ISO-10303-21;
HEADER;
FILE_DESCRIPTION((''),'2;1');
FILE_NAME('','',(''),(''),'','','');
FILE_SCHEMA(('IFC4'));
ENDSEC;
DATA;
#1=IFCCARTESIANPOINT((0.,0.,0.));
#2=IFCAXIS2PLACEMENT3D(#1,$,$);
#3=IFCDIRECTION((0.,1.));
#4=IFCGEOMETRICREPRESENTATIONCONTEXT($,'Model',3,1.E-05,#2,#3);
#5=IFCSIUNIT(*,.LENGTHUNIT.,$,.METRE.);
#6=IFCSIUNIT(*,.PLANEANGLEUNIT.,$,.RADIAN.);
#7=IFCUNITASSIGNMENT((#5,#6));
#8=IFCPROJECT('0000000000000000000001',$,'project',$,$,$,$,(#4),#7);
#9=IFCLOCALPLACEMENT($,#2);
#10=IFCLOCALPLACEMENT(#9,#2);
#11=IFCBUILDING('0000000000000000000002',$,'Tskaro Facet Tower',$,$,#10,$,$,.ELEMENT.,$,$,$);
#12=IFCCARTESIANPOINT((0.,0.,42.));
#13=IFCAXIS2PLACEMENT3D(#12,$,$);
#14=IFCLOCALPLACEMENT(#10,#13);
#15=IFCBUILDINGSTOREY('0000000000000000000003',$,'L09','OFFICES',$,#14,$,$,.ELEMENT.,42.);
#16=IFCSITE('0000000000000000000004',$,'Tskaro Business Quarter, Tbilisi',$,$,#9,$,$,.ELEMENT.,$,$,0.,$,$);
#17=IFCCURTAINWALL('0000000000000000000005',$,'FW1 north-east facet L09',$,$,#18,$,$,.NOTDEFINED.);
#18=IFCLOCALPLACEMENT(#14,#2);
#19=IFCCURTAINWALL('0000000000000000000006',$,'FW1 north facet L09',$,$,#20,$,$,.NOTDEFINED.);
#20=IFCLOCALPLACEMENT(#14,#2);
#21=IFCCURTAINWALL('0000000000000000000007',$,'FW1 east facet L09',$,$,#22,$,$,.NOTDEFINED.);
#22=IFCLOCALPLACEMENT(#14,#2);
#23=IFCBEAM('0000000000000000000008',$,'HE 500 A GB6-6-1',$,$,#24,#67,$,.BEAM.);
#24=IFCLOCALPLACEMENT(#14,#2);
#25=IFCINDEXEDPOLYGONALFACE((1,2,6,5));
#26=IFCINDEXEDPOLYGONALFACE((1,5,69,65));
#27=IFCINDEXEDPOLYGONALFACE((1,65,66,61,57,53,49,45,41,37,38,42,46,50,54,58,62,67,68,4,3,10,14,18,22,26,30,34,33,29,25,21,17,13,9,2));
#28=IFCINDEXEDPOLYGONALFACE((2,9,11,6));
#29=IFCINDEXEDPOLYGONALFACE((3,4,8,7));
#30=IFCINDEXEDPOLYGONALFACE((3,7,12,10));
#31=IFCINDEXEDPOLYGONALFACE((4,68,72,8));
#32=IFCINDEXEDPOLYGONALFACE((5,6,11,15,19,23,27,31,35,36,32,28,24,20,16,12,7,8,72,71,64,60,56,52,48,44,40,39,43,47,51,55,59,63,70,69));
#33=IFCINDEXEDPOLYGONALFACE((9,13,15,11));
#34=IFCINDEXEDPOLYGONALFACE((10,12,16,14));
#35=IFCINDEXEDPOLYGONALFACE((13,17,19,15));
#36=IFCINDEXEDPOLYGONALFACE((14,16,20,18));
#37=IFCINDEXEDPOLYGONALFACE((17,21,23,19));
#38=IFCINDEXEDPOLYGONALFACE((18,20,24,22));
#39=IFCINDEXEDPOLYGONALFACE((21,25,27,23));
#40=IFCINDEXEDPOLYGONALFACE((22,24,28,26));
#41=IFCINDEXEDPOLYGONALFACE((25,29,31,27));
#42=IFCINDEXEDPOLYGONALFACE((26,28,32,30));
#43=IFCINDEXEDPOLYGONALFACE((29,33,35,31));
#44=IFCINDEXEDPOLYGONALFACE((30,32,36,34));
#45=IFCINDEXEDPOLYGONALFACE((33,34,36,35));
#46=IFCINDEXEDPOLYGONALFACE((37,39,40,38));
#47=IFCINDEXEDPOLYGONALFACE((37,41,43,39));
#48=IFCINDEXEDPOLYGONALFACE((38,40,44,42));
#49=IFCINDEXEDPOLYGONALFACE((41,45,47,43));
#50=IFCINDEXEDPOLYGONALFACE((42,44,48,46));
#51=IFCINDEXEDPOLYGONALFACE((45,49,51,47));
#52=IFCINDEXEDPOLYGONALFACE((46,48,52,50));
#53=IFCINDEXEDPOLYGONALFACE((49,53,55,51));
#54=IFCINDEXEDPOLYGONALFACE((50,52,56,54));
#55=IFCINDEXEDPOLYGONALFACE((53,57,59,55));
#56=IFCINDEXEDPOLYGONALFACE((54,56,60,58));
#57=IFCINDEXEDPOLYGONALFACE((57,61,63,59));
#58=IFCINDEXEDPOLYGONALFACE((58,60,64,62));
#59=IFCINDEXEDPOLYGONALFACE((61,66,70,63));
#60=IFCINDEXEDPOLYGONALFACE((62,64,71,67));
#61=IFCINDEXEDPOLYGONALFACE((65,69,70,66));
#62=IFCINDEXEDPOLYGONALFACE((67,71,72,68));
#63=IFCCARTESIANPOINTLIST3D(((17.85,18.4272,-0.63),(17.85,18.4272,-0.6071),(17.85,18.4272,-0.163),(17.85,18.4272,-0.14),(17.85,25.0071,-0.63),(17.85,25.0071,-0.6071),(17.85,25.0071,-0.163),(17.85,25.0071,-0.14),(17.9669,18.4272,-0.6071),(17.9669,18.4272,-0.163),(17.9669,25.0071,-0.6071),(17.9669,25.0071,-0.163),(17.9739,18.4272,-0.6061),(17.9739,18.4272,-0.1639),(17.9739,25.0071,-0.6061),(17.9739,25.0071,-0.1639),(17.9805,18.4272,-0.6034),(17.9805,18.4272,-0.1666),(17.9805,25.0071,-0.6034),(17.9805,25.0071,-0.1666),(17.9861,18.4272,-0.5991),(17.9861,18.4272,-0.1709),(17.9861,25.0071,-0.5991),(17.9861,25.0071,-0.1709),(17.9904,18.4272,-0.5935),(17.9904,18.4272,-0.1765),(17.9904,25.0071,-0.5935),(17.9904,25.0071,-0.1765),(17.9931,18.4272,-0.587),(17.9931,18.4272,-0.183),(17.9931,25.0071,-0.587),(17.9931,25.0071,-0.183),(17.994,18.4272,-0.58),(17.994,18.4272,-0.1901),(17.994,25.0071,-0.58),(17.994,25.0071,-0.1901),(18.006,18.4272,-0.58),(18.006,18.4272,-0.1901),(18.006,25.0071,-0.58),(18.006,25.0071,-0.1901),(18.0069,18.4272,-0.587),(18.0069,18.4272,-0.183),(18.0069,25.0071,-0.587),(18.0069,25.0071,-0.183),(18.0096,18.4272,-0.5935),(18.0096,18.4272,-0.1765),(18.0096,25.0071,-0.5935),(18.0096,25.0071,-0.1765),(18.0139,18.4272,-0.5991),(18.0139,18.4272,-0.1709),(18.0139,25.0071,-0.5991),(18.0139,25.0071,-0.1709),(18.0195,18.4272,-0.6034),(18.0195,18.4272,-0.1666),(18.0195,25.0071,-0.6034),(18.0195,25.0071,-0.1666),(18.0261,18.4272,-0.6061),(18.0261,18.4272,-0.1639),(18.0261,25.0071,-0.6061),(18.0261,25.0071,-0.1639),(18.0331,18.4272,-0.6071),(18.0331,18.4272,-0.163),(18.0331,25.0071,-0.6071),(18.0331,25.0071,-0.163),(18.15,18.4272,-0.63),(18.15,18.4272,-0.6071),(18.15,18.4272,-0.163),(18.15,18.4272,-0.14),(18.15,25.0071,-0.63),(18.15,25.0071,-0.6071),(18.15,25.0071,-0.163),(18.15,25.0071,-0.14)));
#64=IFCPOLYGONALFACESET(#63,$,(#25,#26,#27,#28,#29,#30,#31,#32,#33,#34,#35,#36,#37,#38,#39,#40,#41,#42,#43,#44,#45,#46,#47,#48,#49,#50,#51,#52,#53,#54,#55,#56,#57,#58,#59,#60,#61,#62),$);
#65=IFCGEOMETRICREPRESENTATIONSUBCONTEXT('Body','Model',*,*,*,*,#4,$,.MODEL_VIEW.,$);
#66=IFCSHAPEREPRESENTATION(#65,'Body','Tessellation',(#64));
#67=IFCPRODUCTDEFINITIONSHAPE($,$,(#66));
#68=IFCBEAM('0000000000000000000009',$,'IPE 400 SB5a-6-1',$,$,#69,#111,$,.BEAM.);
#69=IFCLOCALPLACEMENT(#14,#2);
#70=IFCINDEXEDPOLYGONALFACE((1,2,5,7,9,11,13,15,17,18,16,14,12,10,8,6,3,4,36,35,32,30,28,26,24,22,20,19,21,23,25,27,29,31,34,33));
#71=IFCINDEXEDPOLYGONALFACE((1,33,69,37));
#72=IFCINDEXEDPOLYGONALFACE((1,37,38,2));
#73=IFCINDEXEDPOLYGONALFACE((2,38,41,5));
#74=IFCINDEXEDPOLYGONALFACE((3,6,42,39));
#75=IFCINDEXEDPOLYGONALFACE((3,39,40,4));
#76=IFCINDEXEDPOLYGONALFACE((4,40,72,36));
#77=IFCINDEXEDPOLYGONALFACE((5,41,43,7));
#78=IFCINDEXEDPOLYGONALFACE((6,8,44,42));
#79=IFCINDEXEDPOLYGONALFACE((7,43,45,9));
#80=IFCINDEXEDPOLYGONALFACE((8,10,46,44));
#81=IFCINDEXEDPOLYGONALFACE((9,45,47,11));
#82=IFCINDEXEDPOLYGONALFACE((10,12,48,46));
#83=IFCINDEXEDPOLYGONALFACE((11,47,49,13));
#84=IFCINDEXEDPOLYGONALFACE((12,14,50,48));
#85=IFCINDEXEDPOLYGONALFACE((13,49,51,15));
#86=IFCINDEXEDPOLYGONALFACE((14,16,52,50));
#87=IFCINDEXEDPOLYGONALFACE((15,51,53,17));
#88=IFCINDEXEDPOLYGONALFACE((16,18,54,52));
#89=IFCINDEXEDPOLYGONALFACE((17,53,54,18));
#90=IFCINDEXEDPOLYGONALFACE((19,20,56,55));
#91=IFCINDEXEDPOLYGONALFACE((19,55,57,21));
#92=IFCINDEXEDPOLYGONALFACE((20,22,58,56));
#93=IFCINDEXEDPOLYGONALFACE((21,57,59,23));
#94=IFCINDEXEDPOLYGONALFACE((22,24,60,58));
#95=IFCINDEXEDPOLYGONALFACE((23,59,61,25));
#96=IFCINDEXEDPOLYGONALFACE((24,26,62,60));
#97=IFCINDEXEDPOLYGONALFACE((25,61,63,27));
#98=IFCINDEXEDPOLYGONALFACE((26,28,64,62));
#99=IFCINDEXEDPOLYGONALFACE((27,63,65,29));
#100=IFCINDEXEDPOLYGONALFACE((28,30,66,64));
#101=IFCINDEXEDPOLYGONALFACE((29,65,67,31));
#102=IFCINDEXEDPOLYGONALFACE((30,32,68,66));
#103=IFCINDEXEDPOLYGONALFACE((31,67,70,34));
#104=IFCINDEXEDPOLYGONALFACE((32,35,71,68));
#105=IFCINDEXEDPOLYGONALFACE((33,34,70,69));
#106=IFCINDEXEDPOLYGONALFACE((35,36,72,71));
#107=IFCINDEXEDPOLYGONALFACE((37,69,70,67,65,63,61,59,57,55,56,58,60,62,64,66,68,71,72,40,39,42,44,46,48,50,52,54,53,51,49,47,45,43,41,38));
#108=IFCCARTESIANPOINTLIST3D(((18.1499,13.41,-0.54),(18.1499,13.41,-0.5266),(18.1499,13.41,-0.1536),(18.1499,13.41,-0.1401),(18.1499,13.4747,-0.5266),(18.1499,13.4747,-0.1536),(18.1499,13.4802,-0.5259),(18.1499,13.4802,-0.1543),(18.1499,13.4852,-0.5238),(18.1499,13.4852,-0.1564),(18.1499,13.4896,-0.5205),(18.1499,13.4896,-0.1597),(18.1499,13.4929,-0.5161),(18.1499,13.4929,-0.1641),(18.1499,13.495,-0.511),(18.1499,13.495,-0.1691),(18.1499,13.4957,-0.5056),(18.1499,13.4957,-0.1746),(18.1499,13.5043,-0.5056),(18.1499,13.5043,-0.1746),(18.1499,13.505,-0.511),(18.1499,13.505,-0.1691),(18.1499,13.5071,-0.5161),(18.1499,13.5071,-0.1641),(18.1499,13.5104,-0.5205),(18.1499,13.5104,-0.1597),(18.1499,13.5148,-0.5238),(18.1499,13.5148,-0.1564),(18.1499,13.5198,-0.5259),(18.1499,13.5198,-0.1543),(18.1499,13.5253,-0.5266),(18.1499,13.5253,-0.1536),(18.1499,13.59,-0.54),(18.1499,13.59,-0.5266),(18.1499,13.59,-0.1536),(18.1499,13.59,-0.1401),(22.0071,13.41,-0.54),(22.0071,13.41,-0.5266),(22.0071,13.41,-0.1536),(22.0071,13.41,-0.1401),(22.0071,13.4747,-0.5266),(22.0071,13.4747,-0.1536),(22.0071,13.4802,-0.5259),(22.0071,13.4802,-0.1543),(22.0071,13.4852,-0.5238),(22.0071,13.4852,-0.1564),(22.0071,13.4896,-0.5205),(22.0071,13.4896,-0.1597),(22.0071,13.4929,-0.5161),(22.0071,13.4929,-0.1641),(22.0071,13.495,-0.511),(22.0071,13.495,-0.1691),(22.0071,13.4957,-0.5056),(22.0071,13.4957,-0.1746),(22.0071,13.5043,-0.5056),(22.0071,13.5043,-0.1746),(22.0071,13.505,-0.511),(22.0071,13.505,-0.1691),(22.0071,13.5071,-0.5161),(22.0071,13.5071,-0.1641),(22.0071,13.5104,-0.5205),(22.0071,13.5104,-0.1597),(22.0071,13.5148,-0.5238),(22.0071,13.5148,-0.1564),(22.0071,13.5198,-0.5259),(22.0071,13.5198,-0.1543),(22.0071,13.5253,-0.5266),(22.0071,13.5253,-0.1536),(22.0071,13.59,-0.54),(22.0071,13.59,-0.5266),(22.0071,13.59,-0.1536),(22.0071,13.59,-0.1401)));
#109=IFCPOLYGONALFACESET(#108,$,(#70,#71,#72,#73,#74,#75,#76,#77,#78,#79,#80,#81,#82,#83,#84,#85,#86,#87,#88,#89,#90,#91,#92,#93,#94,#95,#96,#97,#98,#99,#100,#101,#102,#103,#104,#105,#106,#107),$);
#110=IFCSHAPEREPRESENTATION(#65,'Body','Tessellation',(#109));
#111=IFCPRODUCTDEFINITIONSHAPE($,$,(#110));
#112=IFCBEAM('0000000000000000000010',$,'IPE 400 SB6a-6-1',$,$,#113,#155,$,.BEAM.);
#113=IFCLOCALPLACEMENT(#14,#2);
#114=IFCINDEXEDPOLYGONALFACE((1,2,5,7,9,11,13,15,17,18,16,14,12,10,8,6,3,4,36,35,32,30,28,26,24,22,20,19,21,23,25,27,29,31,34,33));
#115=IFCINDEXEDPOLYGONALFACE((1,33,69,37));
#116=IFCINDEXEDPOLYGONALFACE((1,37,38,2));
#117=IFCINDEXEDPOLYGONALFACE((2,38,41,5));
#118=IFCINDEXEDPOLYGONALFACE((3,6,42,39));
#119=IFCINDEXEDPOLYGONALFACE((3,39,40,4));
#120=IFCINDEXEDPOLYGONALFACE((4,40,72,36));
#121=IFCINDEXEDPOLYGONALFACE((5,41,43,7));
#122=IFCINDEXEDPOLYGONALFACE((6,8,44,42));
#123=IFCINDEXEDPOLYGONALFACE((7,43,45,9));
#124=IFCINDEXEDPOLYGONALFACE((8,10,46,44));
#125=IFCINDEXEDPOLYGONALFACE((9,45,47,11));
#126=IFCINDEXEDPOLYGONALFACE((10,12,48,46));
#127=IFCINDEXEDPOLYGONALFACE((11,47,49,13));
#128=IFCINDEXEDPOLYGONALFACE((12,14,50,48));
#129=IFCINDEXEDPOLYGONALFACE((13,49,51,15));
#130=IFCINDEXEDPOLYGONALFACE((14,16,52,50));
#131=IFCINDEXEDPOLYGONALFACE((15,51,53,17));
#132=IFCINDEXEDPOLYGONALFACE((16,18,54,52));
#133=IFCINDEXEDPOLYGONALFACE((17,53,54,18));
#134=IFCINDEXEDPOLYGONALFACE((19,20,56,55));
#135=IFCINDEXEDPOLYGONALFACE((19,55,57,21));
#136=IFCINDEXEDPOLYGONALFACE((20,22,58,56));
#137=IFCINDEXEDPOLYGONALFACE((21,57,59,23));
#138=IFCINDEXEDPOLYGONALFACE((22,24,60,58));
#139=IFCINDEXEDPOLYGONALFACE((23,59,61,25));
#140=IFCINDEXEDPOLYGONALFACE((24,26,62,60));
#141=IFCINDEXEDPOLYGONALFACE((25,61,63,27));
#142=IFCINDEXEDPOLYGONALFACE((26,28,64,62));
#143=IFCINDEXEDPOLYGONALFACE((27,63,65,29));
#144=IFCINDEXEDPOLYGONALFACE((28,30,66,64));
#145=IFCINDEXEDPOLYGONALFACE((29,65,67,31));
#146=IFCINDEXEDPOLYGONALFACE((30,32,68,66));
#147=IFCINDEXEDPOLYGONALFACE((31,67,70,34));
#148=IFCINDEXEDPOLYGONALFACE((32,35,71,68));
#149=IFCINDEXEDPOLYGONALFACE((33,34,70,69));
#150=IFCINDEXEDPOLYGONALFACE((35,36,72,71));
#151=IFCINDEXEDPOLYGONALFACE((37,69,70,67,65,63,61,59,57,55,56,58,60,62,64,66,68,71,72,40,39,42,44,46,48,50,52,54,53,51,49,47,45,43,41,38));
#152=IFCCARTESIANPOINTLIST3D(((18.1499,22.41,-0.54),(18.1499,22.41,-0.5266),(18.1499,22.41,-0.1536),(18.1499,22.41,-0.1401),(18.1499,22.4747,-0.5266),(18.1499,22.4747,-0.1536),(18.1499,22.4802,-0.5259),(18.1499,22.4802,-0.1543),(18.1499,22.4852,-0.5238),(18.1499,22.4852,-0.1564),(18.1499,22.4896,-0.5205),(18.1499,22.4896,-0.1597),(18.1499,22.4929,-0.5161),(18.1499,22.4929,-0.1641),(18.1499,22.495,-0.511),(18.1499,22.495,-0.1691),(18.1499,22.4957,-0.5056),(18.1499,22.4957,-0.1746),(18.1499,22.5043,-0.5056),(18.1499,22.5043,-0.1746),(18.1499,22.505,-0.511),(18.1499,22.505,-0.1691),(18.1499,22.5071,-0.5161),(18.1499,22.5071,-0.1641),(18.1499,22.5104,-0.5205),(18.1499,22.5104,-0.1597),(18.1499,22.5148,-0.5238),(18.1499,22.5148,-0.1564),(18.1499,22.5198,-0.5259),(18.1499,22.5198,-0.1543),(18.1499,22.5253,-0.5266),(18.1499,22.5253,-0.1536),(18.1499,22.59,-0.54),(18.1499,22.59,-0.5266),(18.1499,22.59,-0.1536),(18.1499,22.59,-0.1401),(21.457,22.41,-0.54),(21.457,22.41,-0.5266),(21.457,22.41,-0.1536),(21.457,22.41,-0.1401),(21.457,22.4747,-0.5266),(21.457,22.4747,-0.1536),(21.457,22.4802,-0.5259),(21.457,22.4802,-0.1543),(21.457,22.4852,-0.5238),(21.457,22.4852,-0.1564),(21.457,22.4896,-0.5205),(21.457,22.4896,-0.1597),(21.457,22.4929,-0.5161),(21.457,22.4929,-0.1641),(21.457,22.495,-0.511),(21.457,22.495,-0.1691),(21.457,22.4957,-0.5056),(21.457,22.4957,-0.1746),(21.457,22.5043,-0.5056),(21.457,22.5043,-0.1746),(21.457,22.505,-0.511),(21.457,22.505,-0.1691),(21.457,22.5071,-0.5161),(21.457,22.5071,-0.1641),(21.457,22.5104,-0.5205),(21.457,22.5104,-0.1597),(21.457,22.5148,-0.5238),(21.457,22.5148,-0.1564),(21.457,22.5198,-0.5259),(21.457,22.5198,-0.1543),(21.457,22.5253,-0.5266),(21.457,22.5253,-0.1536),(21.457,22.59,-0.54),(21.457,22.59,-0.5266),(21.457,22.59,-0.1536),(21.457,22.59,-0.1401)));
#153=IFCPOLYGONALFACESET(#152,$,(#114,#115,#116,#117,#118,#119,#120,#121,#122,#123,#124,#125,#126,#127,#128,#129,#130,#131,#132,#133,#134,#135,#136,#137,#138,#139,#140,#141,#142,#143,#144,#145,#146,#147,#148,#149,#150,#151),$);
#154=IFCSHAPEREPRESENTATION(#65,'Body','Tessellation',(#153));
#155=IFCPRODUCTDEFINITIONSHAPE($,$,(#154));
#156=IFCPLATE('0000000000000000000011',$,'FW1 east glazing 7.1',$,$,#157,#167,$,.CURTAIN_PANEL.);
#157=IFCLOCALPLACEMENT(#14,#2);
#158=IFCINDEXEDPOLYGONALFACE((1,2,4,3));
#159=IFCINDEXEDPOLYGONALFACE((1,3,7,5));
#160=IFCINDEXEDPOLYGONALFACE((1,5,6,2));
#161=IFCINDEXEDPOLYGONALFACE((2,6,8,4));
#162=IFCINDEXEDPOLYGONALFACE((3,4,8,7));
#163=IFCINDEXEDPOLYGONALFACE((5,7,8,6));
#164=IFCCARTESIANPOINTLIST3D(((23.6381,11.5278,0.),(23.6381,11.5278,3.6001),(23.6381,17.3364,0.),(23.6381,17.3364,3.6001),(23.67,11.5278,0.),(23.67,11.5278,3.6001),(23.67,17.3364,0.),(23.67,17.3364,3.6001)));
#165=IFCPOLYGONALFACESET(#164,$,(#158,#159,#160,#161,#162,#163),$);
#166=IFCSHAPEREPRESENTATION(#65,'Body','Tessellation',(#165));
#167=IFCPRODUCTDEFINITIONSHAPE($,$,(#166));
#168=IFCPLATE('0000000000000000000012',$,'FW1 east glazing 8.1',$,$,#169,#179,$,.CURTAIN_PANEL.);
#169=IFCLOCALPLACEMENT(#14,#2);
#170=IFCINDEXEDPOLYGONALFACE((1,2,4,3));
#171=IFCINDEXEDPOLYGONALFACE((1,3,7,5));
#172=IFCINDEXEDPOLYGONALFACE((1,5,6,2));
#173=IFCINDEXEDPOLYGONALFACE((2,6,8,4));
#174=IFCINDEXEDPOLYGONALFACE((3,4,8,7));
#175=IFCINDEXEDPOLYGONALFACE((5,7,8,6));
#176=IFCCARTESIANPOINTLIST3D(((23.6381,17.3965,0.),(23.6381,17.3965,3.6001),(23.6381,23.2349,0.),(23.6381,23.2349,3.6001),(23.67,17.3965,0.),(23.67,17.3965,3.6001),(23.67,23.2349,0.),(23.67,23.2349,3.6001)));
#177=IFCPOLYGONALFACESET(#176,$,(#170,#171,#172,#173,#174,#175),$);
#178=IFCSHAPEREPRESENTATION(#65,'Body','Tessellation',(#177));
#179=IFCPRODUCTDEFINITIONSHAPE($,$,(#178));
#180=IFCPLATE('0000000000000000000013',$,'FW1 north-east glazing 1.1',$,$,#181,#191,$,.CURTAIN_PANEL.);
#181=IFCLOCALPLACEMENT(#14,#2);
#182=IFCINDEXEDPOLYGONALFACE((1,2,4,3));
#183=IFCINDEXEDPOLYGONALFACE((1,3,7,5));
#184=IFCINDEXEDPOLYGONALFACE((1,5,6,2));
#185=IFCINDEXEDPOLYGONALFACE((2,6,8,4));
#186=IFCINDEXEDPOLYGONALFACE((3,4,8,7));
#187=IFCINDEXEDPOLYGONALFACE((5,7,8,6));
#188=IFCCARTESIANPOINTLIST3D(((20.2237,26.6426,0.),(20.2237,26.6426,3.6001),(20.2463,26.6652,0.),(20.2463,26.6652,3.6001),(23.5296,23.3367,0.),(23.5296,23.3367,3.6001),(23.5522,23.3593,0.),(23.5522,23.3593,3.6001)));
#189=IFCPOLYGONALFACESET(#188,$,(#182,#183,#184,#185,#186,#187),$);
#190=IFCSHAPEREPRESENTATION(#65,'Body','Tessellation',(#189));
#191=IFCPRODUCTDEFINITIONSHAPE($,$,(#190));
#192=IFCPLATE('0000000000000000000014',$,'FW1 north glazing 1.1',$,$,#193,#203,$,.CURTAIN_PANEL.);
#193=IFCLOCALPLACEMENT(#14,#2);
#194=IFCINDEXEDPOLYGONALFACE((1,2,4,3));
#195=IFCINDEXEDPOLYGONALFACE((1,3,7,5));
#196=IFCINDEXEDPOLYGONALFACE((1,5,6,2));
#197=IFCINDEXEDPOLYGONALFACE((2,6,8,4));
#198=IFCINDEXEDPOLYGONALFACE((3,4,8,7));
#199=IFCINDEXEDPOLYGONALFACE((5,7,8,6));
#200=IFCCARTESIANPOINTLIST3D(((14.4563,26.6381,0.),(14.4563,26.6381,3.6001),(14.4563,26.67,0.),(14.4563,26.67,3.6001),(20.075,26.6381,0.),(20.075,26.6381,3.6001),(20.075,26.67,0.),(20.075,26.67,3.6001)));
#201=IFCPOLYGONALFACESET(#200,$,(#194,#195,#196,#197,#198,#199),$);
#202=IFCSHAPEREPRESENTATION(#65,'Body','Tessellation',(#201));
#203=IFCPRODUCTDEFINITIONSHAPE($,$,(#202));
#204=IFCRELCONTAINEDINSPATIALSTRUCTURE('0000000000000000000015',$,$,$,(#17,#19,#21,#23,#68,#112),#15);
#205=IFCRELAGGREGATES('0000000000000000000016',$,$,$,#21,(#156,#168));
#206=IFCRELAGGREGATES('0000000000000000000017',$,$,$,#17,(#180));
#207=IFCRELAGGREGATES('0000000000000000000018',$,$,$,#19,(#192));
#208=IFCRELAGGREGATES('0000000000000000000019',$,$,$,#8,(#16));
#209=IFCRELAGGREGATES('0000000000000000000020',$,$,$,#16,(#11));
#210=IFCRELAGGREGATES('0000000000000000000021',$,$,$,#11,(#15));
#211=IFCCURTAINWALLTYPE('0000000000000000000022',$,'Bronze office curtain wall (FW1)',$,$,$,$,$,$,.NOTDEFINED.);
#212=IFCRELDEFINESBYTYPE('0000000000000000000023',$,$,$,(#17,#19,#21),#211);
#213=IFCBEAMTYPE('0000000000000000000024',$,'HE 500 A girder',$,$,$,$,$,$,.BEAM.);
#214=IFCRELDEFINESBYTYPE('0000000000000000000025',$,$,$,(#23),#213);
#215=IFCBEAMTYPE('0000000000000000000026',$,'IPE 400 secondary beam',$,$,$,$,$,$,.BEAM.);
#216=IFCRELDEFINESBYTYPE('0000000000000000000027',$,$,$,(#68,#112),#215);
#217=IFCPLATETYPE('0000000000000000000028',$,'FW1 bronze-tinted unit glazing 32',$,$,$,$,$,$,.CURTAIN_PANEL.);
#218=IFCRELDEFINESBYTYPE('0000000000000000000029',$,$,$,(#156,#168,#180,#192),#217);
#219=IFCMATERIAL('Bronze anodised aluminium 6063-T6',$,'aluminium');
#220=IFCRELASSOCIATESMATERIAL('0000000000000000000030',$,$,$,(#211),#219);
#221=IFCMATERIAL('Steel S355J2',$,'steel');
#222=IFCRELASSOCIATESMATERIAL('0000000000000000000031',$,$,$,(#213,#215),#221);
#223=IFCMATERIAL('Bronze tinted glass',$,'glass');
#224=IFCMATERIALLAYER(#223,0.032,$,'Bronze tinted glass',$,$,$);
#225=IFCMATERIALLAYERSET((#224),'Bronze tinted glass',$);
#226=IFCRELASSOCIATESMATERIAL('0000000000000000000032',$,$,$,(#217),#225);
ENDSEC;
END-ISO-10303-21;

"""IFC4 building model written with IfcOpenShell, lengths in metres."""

from ifc_helpers import new_model, si_unit, direction, frame, origin, origin_2d, place, context, subcontext, project, spatial, rectangle, i_section, extrude, material, layer, layer_set, material_profile, profile_set, type_object, element, aggregate, save


model = new_model("IFC4")

# Units and contexts
model_context = context("Model", 3, precision=1e-05, world=origin(), true_north=direction((0.0, 1.0)))
body_context = subcontext(model_context, "Body", "Model", "MODEL_VIEW")
ifc_project = project(units=[si_unit("LENGTHUNIT", "METRE"), si_unit("PLANEANGLEUNIT", "RADIAN")], contexts=[model_context])

# Site, building, storey
site_placement = place(None, origin())
site = spatial("IfcSite", under=ifc_project, at=site_placement, Name="Tskaro Business Quarter, Tbilisi", CompositionType="ELEMENT", RefElevation=0.0)
building_placement = place(site_placement, origin())
building = spatial("IfcBuilding", under=site, at=building_placement, Name="Tskaro Facet Tower", CompositionType="ELEMENT")
storey_placement = place(building_placement, frame((0.0, 0.0, 42.0)))
storey = spatial("IfcBuildingStorey", under=building, at=storey_placement, Name="L09", Description="OFFICES", CompositionType="ELEMENT", Elevation=42.0)

# Curtain walls
ifc_material_1 = material(Name="Bronze anodised aluminium 6063-T6", Category="aluminium")
curtain_wall_type = type_object("IfcCurtainWallType", Name="Bronze office curtain wall (FW1)", PredefinedType="NOTDEFINED", material=ifc_material_1)
curtain_wall_1_placement = place(storey_placement, origin())
curtain_wall_1 = element("IfcCurtainWall", 1, at=curtain_wall_1_placement, inside=storey, type_object=curtain_wall_type, Name="FW1 north-east facet L09", PredefinedType="NOTDEFINED")
curtain_wall_2_placement = place(storey_placement, origin())
curtain_wall_2 = element("IfcCurtainWall", 2, at=curtain_wall_2_placement, inside=storey, type_object=curtain_wall_type, Name="FW1 north facet L09", PredefinedType="NOTDEFINED")

# Curtain wall
curtain_wall_3_placement = place(storey_placement, origin())
curtain_wall_3 = element("IfcCurtainWall", 3, at=curtain_wall_3_placement, inside=storey, type_object=curtain_wall_type, Name="FW1 east facet L09", PredefinedType="NOTDEFINED")

# Beams
ifc_material_2 = material(Name="Steel S355J2", Category="steel")
ifc_material_profile_1 = material_profile(ifc_material_2, i_section(OverallWidth=0.3, OverallDepth=0.49, WebThickness=0.012, FlangeThickness=0.0229, FilletRadius=0.0271, at=origin_2d()), Name="HE 500 A")
ifc_profile_set_1 = profile_set([ifc_material_profile_1], Name="Steel S355J2")
beam_type_1 = type_object("IfcBeamType", Name="HE 500 A girder", PredefinedType="BEAM", material=ifc_profile_set_1)
beam_1_placement = place(storey_placement, frame((18.0, 18.4272, -0.385), z_axis=(0.0, 1.0, 0.0), x_axis=(-1.0, 0.0, 0.0)))
element("IfcBeam", 4, at=beam_1_placement, inside=storey, type_object=beam_type_1, Name="HE 500 A GB6-6-1", PredefinedType="BEAM", context=body_context, shape_type="SweptSolid", body=[
    extrude(i_section(OverallWidth=0.3, OverallDepth=0.49, WebThickness=0.012, FlangeThickness=0.0229, FilletRadius=0.0271, at=origin_2d()), origin(), (0.0, 0.0, 1.0), 6.5798),
])
ifc_material_profile_2 = material_profile(ifc_material_2, i_section(OverallWidth=0.1799, OverallDepth=0.3999, WebThickness=0.0085, FlangeThickness=0.0134, FilletRadius=0.021, at=origin_2d()), Name="IPE 400")
ifc_profile_set_2 = profile_set([ifc_material_profile_2], Name="Steel S355J2")
beam_type_2 = type_object("IfcBeamType", Name="IPE 400 secondary beam", PredefinedType="BEAM", material=ifc_profile_set_2)
beam_2_placement = place(storey_placement, frame((18.1499, 13.5, -0.3401), z_axis=(1.0, 0.0, 0.0), x_axis=(0.0, 1.0, 0.0)))
element("IfcBeam", 5, at=beam_2_placement, inside=storey, type_object=beam_type_2, Name="IPE 400 SB5a-6-1", PredefinedType="BEAM", context=body_context, shape_type="SweptSolid", body=[
    extrude(i_section(OverallWidth=0.1799, OverallDepth=0.3999, WebThickness=0.0085, FlangeThickness=0.0134, FilletRadius=0.021, at=origin_2d()), origin(), (0.0, 0.0, 1.0), 3.8572),
])
beam_3_placement = place(storey_placement, frame((18.1499, 22.5, -0.3401), z_axis=(1.0, 0.0, 0.0), x_axis=(0.0, 1.0, 0.0)))
element("IfcBeam", 6, at=beam_3_placement, inside=storey, type_object=beam_type_2, Name="IPE 400 SB6a-6-1", PredefinedType="BEAM", context=body_context, shape_type="SweptSolid", body=[
    extrude(i_section(OverallWidth=0.1799, OverallDepth=0.3999, WebThickness=0.0085, FlangeThickness=0.0134, FilletRadius=0.021, at=origin_2d()), origin(), (0.0, 0.0, 1.0), 3.3071),
])

# Plates
ifc_material_3 = material(Name="Bronze tinted glass", Category="glass")
ifc_layer_1 = layer(ifc_material_3, 0.032, Name="Bronze tinted glass")
ifc_layer_set_1 = layer_set([ifc_layer_1], Name="Bronze tinted glass")
plate_type = type_object("IfcPlateType", Name="FW1 bronze-tinted unit glazing 32", PredefinedType="CURTAIN_PANEL", material=ifc_layer_set_1)
plate_1_placement = place(storey_placement, frame((23.6541, 14.4321, 0.0), z_axis=(0.0, 0.0, 1.0), x_axis=(0.0, 1.0, 0.0)))
plate_1 = element("IfcPlate", 7, at=plate_1_placement, type_object=plate_type, Name="FW1 east glazing 7.1", PredefinedType="CURTAIN_PANEL", context=body_context, shape_type="SweptSolid", body=[
    extrude(rectangle(XDim=5.8086, YDim=0.032, at=origin_2d()), origin(), (0.0, 0.0, 1.0), 3.6001),
])
plate_2_placement = place(storey_placement, frame((23.6541, 20.3157, 0.0), z_axis=(0.0, 0.0, 1.0), x_axis=(0.0, 1.0, 0.0)))
plate_2 = element("IfcPlate", 8, at=plate_2_placement, type_object=plate_type, Name="FW1 east glazing 8.1", PredefinedType="CURTAIN_PANEL", context=body_context, shape_type="SweptSolid", body=[
    extrude(rectangle(XDim=5.8384, YDim=0.032, at=origin_2d()), origin(), (0.0, 0.0, 1.0), 3.6001),
])
aggregate(curtain_wall_3, [plate_1, plate_2])
plate_3_placement = place(storey_placement, frame((21.8879, 25.001, 0.0), z_axis=(0.0, 0.0, 1.0), x_axis=(-0.707107, 0.707107, 0.0)))
plate_3 = element("IfcPlate", 9, at=plate_3_placement, type_object=plate_type, Name="FW1 north-east glazing 1.1", PredefinedType="CURTAIN_PANEL", context=body_context, shape_type="SweptSolid", body=[
    extrude(rectangle(XDim=4.6753, YDim=0.032, at=origin_2d()), origin(), (0.0, 0.0, 1.0), 3.6001),
])
aggregate(curtain_wall_1, [plate_3])
plate_4_placement = place(storey_placement, frame((17.2656, 26.6541, 0.0), z_axis=(0.0, 0.0, 1.0), x_axis=(-1.0, 0.0, 0.0)))
plate_4 = element("IfcPlate", 10, at=plate_4_placement, type_object=plate_type, Name="FW1 north glazing 1.1", PredefinedType="CURTAIN_PANEL", context=body_context, shape_type="SweptSolid", body=[
    extrude(rectangle(XDim=5.6187, YDim=0.032, at=origin_2d()), origin(), (0.0, 0.0, 1.0), 3.6001),
])
aggregate(curtain_wall_2, [plate_4])

save(model, "model.ifc")
